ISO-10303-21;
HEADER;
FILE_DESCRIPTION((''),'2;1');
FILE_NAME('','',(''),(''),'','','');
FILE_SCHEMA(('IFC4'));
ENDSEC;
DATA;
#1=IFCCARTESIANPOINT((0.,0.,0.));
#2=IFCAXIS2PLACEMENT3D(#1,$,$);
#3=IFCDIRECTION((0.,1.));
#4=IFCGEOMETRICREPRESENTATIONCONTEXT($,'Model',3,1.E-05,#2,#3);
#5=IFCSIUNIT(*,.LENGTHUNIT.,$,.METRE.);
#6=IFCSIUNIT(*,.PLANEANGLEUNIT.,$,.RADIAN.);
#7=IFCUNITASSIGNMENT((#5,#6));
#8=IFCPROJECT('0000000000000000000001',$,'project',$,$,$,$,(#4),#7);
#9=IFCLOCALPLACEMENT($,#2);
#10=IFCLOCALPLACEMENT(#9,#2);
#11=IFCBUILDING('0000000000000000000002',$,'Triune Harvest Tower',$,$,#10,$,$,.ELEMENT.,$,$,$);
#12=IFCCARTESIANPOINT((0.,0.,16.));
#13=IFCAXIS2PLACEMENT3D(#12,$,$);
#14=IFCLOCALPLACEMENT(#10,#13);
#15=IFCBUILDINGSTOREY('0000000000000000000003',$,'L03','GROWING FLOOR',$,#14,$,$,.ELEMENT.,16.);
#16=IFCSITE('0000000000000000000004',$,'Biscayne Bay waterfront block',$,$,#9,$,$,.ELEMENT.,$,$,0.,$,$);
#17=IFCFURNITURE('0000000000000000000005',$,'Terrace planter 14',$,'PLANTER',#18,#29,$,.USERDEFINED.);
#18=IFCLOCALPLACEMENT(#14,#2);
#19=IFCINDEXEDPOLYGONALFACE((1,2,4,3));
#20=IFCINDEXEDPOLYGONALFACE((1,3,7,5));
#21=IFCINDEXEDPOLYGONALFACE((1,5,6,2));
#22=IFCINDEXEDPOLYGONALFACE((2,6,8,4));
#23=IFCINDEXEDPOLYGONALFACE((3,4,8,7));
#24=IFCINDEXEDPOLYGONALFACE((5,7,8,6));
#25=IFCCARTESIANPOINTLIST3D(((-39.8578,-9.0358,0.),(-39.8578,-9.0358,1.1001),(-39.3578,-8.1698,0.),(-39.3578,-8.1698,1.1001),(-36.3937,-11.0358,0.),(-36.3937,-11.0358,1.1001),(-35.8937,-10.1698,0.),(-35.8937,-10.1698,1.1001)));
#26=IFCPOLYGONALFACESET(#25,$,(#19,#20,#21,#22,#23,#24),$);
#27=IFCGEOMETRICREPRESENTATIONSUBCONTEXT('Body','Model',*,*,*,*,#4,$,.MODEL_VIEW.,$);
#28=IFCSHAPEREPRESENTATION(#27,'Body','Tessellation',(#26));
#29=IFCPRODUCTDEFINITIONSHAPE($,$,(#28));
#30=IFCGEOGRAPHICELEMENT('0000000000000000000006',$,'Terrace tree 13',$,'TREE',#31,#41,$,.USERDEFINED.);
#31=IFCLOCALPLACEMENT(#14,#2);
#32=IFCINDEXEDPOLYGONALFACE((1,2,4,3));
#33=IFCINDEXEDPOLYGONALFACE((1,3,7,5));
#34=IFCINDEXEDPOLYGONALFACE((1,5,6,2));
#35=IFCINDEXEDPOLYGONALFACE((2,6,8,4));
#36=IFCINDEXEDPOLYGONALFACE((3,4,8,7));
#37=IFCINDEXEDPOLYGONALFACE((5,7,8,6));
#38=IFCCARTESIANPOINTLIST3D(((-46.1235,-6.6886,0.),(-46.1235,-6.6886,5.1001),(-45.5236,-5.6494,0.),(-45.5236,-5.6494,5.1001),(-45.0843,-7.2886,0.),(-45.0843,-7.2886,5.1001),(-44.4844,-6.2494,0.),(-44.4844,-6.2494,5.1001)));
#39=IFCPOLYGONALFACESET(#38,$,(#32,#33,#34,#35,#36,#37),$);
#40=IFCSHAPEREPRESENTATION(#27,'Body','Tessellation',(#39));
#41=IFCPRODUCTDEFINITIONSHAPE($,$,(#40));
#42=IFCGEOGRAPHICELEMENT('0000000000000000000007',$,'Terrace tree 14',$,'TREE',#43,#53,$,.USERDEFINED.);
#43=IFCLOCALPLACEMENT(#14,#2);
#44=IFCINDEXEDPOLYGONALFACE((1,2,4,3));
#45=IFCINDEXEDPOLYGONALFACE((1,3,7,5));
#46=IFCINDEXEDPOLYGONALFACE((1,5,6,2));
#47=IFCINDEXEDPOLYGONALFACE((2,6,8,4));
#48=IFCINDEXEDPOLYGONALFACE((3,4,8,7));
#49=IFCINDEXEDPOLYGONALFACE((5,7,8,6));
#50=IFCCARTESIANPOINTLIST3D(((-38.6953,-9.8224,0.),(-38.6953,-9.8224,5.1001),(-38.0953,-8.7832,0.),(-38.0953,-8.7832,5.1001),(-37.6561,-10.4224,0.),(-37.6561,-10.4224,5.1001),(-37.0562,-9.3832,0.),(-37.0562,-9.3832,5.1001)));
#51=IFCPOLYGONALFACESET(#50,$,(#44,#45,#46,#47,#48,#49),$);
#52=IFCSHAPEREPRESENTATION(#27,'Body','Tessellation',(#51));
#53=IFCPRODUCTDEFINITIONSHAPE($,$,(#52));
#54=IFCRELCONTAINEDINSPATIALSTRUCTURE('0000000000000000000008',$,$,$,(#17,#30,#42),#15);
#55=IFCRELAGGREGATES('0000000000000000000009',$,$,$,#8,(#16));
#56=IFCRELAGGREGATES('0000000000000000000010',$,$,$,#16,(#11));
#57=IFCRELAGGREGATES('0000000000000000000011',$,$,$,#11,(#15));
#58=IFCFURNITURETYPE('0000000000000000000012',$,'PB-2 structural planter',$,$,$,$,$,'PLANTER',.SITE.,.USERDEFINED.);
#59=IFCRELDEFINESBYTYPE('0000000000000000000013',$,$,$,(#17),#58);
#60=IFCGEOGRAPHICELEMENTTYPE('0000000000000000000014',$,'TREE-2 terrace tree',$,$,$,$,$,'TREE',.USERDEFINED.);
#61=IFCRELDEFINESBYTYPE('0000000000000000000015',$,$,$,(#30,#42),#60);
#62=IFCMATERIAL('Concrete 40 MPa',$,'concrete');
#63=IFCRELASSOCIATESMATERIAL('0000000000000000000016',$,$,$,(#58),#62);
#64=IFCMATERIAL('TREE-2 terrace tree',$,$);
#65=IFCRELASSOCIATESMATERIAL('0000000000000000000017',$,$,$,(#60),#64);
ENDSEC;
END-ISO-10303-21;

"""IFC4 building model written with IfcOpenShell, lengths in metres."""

from ifc_helpers import new_model, si_unit, direction, frame, origin, origin_2d, place, context, subcontext, project, spatial, rectangle, extrude, source, transform, mapped, material, type_object, element, save


model = new_model("IFC4")

# Units and contexts
model_context = context("Model", 3, precision=1e-05, world=origin(), true_north=direction((0.0, 1.0)))
body_context = subcontext(model_context, "Body", "Model", "MODEL_VIEW")
ifc_project = project(units=[si_unit("LENGTHUNIT", "METRE"), si_unit("PLANEANGLEUNIT", "RADIAN")], contexts=[model_context])

# Site, building, storey
site_placement = place(None, origin())
site = spatial("IfcSite", under=ifc_project, at=site_placement, Name="Biscayne Bay waterfront block", CompositionType="ELEMENT", RefElevation=0.0)
building_placement = place(site_placement, origin())
building = spatial("IfcBuilding", under=site, at=building_placement, Name="Triune Harvest Tower", CompositionType="ELEMENT")
storey_placement = place(building_placement, frame((0.0, 0.0, 16.0)))
storey = spatial("IfcBuildingStorey", under=building, at=storey_placement, Name="L03", Description="GROWING FLOOR", CompositionType="ELEMENT", Elevation=16.0)

# Furniture
ifc_material_1 = material(Name="Concrete 40 MPa", Category="concrete")
furniture_type = type_object("IfcFurnitureType", Name="PB-2 structural planter", ElementType="PLANTER", AssemblyPlace="SITE", PredefinedType="USERDEFINED", material=ifc_material_1)
shared_shape_1 = source(origin(), body_context, "Body", "SweptSolid", [
    extrude(rectangle(XDim=4.0, YDim=1.0, at=origin_2d()), origin(), (0.0, 0.0, 1.0), 1.1001),
])
for number, where, z_axis, x_axis, name in (
    (1, (-37.8757, -9.6028, 0.0), (0.0, 0.0, 1.0), (0.866025, -0.5, 0.0), "Terrace planter 14"),
):
    element("IfcFurniture", number, at=place(storey_placement, frame(where, z_axis=z_axis, x_axis=x_axis)), inside=storey, type_object=furniture_type, Name=name, ObjectType="PLANTER", PredefinedType="USERDEFINED", context=body_context, shape_type="MappedRepresentation", body=[
        mapped(shared_shape_1, transform((0.0, 0.0, 0.0), scale=1.0)),
    ])

# Geographic elements
ifc_material_2 = material(Name="TREE-2 terrace tree")
geographic_element_type = type_object("IfcGeographicElementType", Name="TREE-2 terrace tree", ElementType="TREE", PredefinedType="USERDEFINED", material=ifc_material_2)
shared_shape_2 = source(origin(), body_context, "Body", "SweptSolid", [
    extrude(rectangle(XDim=1.2, YDim=1.2, at=origin_2d()), origin(), (0.0, 0.0, 1.0), 5.1001),
])
for number, where, z_axis, x_axis, name in (
    (2, (-45.304, -6.469, 0.0), (0.0, 0.0, 1.0), (0.866025, -0.5, 0.0), "Terrace tree 13"),
    (3, (-37.8757, -9.6028, 0.0), (0.0, 0.0, 1.0), (0.866025, -0.5, 0.0), "Terrace tree 14"),
):
    element("IfcGeographicElement", number, at=place(storey_placement, frame(where, z_axis=z_axis, x_axis=x_axis)), inside=storey, type_object=geographic_element_type, Name=name, ObjectType="TREE", PredefinedType="USERDEFINED", context=body_context, shape_type="MappedRepresentation", body=[
        mapped(shared_shape_2, transform((0.0, 0.0, 0.0), scale=1.0)),
    ])

save(model, "model.ifc")
